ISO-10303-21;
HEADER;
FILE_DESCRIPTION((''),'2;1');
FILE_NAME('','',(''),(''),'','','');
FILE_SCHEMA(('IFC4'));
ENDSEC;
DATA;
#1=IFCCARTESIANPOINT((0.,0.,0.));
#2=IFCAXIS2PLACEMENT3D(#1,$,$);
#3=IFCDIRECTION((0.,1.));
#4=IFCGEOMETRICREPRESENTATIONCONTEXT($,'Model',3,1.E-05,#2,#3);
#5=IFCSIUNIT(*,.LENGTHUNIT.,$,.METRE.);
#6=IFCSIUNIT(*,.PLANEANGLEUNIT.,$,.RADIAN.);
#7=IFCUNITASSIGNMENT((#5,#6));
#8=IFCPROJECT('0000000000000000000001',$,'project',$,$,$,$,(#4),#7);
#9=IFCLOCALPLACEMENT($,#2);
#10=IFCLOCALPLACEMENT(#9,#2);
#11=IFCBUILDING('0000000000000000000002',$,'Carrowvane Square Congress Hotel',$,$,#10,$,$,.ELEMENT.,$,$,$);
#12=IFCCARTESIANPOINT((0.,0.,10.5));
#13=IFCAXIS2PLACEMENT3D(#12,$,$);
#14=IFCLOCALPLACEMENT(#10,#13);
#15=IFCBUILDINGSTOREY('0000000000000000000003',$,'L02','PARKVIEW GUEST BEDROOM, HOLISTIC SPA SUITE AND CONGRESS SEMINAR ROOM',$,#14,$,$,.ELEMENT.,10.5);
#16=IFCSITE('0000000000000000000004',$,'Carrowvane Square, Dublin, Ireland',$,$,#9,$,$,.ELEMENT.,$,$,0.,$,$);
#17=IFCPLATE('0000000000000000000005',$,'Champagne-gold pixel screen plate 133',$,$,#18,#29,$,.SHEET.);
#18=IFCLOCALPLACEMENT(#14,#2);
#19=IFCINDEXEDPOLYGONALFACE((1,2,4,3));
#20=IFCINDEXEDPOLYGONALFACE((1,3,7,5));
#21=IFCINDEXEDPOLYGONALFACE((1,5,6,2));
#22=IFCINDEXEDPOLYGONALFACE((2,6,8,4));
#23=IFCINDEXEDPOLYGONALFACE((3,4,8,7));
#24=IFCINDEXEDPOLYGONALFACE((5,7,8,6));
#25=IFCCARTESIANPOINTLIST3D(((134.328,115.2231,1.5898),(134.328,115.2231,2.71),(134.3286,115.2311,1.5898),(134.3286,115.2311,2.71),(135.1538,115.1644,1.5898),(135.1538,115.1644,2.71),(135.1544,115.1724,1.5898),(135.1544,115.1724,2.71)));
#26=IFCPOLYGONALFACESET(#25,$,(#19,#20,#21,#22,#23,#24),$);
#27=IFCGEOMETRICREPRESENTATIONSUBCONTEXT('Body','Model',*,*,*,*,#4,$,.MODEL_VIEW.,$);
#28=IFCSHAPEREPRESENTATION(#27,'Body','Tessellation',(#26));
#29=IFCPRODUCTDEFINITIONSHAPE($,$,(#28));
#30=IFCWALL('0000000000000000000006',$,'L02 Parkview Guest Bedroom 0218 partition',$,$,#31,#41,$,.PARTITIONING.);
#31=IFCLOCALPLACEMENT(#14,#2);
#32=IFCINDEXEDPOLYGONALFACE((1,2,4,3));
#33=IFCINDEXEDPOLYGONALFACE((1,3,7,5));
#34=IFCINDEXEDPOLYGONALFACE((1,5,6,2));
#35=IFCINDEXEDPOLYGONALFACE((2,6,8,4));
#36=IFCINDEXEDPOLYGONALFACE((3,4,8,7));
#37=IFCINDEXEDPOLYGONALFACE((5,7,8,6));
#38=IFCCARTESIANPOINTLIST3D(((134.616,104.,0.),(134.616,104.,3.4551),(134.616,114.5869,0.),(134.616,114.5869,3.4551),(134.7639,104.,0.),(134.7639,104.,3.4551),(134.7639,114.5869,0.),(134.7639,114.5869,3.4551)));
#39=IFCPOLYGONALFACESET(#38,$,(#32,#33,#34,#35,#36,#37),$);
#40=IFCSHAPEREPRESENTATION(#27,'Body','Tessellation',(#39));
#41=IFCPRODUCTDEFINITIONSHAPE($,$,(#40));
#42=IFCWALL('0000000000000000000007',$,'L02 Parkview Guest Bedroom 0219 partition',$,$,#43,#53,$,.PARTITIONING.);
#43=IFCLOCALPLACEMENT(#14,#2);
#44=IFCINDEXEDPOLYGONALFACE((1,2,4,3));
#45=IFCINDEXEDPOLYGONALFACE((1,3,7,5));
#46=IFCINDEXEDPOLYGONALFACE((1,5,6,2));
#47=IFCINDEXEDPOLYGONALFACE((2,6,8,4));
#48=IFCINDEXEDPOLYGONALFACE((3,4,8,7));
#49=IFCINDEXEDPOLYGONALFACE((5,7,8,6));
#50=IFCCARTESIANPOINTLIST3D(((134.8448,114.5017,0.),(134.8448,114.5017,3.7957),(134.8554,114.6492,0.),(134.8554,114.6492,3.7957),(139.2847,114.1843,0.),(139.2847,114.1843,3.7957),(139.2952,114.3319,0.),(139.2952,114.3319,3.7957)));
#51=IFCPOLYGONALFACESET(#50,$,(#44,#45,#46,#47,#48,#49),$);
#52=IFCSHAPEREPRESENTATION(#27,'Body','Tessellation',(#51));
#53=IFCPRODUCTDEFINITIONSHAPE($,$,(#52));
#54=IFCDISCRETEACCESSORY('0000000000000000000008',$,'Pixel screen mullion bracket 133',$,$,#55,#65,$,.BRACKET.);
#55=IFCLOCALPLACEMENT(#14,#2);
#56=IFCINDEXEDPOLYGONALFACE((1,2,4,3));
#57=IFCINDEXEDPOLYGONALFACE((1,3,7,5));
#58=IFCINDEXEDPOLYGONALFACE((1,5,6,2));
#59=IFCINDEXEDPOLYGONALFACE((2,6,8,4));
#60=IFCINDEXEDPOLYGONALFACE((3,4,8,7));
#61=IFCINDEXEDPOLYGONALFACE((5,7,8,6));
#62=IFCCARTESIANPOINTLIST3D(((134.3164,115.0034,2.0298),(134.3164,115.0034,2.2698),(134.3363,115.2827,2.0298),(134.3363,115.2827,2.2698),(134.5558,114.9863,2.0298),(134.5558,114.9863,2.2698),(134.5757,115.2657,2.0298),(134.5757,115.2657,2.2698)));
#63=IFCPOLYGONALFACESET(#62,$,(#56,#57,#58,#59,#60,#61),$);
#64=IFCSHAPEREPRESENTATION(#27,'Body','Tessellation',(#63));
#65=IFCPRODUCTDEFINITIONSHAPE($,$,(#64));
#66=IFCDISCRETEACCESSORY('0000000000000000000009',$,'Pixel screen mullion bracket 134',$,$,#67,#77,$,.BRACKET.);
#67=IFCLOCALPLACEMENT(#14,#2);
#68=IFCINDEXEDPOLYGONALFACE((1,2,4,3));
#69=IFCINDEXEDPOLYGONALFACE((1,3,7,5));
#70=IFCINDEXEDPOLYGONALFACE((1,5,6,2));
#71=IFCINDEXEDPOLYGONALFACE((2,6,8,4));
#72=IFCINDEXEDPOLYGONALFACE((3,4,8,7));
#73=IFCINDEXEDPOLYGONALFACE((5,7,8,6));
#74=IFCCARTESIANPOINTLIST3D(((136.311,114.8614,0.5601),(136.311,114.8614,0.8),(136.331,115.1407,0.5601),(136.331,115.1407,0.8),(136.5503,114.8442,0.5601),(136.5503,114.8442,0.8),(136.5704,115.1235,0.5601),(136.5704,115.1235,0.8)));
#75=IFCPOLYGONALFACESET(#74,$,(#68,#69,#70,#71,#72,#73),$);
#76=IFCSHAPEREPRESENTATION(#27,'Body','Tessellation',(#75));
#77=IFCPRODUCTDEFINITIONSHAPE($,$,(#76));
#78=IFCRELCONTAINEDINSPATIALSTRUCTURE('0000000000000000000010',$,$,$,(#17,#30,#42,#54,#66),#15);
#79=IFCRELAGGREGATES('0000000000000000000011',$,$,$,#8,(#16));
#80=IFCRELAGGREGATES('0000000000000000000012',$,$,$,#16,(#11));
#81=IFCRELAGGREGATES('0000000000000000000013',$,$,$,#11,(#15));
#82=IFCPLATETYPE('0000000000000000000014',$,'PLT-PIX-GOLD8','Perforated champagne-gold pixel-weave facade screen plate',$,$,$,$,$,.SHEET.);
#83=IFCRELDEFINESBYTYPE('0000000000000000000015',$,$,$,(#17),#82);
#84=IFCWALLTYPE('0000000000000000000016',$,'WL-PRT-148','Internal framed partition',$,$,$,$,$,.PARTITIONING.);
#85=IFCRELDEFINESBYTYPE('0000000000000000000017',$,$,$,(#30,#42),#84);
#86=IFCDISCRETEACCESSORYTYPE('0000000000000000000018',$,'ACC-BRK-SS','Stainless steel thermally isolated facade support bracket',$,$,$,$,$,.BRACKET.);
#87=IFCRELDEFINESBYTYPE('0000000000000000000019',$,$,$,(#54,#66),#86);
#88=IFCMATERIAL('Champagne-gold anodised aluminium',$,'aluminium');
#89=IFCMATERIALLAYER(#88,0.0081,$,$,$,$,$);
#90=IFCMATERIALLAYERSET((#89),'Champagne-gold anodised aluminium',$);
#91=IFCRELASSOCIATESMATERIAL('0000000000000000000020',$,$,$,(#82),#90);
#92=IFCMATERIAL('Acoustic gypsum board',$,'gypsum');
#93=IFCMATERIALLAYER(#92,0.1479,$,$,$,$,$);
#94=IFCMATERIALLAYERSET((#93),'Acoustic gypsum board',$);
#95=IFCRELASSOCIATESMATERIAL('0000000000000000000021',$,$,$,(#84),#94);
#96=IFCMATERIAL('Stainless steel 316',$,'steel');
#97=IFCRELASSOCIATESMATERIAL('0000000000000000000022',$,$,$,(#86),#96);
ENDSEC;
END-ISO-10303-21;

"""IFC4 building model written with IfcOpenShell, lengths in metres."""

from ifc_helpers import new_model, si_unit, direction, frame, frame_2d, origin, origin_2d, place, context, subcontext, project, spatial, rectangle, extrude, material, layer, layer_set, type_object, element, save


model = new_model("IFC4")

# Units and contexts
model_context = context("Model", 3, precision=1e-05, world=origin(), true_north=direction((0.0, 1.0)))
body_context = subcontext(model_context, "Body", "Model", "MODEL_VIEW")
ifc_project = project(units=[si_unit("LENGTHUNIT", "METRE"), si_unit("PLANEANGLEUNIT", "RADIAN")], contexts=[model_context])

# Site, building, storey
site_placement = place(None, origin())
site = spatial("IfcSite", under=ifc_project, at=site_placement, Name="Carrowvane Square, Dublin, Ireland", CompositionType="ELEMENT", RefElevation=0.0)
building_placement = place(site_placement, origin())
building = spatial("IfcBuilding", under=site, at=building_placement, Name="Carrowvane Square Congress Hotel", CompositionType="ELEMENT")
storey_placement = place(building_placement, frame((0.0, 0.0, 10.5)))
storey = spatial("IfcBuildingStorey", under=building, at=storey_placement, Name="L02", Description="PARKVIEW GUEST BEDROOM, HOLISTIC SPA SUITE AND CONGRESS SEMINAR ROOM", CompositionType="ELEMENT", Elevation=10.5)

# Plate
ifc_material_1 = material(Name="Champagne-gold anodised aluminium", Category="aluminium")
ifc_layer_1 = layer(ifc_material_1, 0.0081)
ifc_layer_set_1 = layer_set([ifc_layer_1], Name="Champagne-gold anodised aluminium")
plate_type_1 = type_object("IfcPlateType", Name="PLT-PIX-GOLD8", Description="Perforated champagne-gold pixel-weave facade screen plate", PredefinedType="SHEET", material=ifc_layer_set_1)
plate_1_placement = place(storey_placement, frame((134.7412, 115.1978, 1.5898), z_axis=(0.0, 0.0, 1.0), x_axis=(0.997479, -0.070957, 0.0)))
element("IfcPlate", 1, at=plate_1_placement, inside=storey, type_object=plate_type_1, Name="Champagne-gold pixel screen plate 133", PredefinedType="SHEET", context=body_context, shape_type="SweptSolid", body=[
    extrude(rectangle(XDim=0.8279, YDim=0.0081, at=origin_2d()), origin(), (0.0, 0.0, 1.0), 1.1201),
])

# Walls
ifc_material_2 = material(Name="Acoustic gypsum board", Category="gypsum")
ifc_layer_2 = layer(ifc_material_2, 0.1479)
ifc_layer_set_2 = layer_set([ifc_layer_2], Name="Acoustic gypsum board")
wall_type = type_object("IfcWallType", Name="WL-PRT-148", Description="Internal framed partition", PredefinedType="PARTITIONING", material=ifc_layer_set_2)
wall_1_placement = place(storey_placement, frame((134.6899, 114.5869, 0.0), z_axis=(0.0, 0.0, 1.0), x_axis=(0.0, -1.0, 0.0)))
element("IfcWall", 2, at=wall_1_placement, inside=storey, type_object=wall_type, Name="L02 Parkview Guest Bedroom 0218 partition", PredefinedType="PARTITIONING", context=body_context, shape_type="SweptSolid", body=[
    extrude(rectangle(XDim=10.5869, YDim=0.1479, at=frame_2d((5.2935, 0.0))), origin(), (0.0, 0.0, 1.0), 3.4551),
])
wall_2_placement = place(storey_placement, frame((134.8501, 114.5754, 0.0), z_axis=(0.0, 0.0, 1.0), x_axis=(0.997455, -0.071302, 0.0)))
element("IfcWall", 3, at=wall_2_placement, inside=storey, type_object=wall_type, Name="L02 Parkview Guest Bedroom 0219 partition", PredefinedType="PARTITIONING", context=body_context, shape_type="SweptSolid", body=[
    extrude(rectangle(XDim=4.4512, YDim=0.1479, at=frame_2d((2.2256, 0.0))), origin(), (0.0, 0.0, 1.0), 3.7957),
])

# Discrete accessories
ifc_material_3 = material(Name="Stainless steel 316", Category="steel")
discrete_accessory_type = type_object("IfcDiscreteAccessoryType", Name="ACC-BRK-SS", Description="Stainless steel thermally isolated facade support bracket", PredefinedType="BRACKET", material=ifc_material_3)
for number, where, z_axis, x_axis, name in (
    (4, (134.446, 115.1345, 2.0298), (0.0, 0.0, 1.0), (0.997479, -0.070957, 0.0), "Pixel screen mullion bracket 133"),
    (5, (136.4407, 114.9924, 0.5601), (0.0, 0.0, 1.0), (0.997438, -0.071533, 0.0), "Pixel screen mullion bracket 134"),
):
    element("IfcDiscreteAccessory", number, at=place(storey_placement, frame(where, z_axis=z_axis, x_axis=x_axis)), inside=storey, type_object=discrete_accessory_type, Name=name, PredefinedType="BRACKET", context=body_context, shape_type="SweptSolid", body=[
        extrude(rectangle(XDim=0.24, YDim=0.28, at=origin_2d()), origin(), (0.0, 0.0, 1.0), 0.24),
    ])

save(model, "model.ifc")
